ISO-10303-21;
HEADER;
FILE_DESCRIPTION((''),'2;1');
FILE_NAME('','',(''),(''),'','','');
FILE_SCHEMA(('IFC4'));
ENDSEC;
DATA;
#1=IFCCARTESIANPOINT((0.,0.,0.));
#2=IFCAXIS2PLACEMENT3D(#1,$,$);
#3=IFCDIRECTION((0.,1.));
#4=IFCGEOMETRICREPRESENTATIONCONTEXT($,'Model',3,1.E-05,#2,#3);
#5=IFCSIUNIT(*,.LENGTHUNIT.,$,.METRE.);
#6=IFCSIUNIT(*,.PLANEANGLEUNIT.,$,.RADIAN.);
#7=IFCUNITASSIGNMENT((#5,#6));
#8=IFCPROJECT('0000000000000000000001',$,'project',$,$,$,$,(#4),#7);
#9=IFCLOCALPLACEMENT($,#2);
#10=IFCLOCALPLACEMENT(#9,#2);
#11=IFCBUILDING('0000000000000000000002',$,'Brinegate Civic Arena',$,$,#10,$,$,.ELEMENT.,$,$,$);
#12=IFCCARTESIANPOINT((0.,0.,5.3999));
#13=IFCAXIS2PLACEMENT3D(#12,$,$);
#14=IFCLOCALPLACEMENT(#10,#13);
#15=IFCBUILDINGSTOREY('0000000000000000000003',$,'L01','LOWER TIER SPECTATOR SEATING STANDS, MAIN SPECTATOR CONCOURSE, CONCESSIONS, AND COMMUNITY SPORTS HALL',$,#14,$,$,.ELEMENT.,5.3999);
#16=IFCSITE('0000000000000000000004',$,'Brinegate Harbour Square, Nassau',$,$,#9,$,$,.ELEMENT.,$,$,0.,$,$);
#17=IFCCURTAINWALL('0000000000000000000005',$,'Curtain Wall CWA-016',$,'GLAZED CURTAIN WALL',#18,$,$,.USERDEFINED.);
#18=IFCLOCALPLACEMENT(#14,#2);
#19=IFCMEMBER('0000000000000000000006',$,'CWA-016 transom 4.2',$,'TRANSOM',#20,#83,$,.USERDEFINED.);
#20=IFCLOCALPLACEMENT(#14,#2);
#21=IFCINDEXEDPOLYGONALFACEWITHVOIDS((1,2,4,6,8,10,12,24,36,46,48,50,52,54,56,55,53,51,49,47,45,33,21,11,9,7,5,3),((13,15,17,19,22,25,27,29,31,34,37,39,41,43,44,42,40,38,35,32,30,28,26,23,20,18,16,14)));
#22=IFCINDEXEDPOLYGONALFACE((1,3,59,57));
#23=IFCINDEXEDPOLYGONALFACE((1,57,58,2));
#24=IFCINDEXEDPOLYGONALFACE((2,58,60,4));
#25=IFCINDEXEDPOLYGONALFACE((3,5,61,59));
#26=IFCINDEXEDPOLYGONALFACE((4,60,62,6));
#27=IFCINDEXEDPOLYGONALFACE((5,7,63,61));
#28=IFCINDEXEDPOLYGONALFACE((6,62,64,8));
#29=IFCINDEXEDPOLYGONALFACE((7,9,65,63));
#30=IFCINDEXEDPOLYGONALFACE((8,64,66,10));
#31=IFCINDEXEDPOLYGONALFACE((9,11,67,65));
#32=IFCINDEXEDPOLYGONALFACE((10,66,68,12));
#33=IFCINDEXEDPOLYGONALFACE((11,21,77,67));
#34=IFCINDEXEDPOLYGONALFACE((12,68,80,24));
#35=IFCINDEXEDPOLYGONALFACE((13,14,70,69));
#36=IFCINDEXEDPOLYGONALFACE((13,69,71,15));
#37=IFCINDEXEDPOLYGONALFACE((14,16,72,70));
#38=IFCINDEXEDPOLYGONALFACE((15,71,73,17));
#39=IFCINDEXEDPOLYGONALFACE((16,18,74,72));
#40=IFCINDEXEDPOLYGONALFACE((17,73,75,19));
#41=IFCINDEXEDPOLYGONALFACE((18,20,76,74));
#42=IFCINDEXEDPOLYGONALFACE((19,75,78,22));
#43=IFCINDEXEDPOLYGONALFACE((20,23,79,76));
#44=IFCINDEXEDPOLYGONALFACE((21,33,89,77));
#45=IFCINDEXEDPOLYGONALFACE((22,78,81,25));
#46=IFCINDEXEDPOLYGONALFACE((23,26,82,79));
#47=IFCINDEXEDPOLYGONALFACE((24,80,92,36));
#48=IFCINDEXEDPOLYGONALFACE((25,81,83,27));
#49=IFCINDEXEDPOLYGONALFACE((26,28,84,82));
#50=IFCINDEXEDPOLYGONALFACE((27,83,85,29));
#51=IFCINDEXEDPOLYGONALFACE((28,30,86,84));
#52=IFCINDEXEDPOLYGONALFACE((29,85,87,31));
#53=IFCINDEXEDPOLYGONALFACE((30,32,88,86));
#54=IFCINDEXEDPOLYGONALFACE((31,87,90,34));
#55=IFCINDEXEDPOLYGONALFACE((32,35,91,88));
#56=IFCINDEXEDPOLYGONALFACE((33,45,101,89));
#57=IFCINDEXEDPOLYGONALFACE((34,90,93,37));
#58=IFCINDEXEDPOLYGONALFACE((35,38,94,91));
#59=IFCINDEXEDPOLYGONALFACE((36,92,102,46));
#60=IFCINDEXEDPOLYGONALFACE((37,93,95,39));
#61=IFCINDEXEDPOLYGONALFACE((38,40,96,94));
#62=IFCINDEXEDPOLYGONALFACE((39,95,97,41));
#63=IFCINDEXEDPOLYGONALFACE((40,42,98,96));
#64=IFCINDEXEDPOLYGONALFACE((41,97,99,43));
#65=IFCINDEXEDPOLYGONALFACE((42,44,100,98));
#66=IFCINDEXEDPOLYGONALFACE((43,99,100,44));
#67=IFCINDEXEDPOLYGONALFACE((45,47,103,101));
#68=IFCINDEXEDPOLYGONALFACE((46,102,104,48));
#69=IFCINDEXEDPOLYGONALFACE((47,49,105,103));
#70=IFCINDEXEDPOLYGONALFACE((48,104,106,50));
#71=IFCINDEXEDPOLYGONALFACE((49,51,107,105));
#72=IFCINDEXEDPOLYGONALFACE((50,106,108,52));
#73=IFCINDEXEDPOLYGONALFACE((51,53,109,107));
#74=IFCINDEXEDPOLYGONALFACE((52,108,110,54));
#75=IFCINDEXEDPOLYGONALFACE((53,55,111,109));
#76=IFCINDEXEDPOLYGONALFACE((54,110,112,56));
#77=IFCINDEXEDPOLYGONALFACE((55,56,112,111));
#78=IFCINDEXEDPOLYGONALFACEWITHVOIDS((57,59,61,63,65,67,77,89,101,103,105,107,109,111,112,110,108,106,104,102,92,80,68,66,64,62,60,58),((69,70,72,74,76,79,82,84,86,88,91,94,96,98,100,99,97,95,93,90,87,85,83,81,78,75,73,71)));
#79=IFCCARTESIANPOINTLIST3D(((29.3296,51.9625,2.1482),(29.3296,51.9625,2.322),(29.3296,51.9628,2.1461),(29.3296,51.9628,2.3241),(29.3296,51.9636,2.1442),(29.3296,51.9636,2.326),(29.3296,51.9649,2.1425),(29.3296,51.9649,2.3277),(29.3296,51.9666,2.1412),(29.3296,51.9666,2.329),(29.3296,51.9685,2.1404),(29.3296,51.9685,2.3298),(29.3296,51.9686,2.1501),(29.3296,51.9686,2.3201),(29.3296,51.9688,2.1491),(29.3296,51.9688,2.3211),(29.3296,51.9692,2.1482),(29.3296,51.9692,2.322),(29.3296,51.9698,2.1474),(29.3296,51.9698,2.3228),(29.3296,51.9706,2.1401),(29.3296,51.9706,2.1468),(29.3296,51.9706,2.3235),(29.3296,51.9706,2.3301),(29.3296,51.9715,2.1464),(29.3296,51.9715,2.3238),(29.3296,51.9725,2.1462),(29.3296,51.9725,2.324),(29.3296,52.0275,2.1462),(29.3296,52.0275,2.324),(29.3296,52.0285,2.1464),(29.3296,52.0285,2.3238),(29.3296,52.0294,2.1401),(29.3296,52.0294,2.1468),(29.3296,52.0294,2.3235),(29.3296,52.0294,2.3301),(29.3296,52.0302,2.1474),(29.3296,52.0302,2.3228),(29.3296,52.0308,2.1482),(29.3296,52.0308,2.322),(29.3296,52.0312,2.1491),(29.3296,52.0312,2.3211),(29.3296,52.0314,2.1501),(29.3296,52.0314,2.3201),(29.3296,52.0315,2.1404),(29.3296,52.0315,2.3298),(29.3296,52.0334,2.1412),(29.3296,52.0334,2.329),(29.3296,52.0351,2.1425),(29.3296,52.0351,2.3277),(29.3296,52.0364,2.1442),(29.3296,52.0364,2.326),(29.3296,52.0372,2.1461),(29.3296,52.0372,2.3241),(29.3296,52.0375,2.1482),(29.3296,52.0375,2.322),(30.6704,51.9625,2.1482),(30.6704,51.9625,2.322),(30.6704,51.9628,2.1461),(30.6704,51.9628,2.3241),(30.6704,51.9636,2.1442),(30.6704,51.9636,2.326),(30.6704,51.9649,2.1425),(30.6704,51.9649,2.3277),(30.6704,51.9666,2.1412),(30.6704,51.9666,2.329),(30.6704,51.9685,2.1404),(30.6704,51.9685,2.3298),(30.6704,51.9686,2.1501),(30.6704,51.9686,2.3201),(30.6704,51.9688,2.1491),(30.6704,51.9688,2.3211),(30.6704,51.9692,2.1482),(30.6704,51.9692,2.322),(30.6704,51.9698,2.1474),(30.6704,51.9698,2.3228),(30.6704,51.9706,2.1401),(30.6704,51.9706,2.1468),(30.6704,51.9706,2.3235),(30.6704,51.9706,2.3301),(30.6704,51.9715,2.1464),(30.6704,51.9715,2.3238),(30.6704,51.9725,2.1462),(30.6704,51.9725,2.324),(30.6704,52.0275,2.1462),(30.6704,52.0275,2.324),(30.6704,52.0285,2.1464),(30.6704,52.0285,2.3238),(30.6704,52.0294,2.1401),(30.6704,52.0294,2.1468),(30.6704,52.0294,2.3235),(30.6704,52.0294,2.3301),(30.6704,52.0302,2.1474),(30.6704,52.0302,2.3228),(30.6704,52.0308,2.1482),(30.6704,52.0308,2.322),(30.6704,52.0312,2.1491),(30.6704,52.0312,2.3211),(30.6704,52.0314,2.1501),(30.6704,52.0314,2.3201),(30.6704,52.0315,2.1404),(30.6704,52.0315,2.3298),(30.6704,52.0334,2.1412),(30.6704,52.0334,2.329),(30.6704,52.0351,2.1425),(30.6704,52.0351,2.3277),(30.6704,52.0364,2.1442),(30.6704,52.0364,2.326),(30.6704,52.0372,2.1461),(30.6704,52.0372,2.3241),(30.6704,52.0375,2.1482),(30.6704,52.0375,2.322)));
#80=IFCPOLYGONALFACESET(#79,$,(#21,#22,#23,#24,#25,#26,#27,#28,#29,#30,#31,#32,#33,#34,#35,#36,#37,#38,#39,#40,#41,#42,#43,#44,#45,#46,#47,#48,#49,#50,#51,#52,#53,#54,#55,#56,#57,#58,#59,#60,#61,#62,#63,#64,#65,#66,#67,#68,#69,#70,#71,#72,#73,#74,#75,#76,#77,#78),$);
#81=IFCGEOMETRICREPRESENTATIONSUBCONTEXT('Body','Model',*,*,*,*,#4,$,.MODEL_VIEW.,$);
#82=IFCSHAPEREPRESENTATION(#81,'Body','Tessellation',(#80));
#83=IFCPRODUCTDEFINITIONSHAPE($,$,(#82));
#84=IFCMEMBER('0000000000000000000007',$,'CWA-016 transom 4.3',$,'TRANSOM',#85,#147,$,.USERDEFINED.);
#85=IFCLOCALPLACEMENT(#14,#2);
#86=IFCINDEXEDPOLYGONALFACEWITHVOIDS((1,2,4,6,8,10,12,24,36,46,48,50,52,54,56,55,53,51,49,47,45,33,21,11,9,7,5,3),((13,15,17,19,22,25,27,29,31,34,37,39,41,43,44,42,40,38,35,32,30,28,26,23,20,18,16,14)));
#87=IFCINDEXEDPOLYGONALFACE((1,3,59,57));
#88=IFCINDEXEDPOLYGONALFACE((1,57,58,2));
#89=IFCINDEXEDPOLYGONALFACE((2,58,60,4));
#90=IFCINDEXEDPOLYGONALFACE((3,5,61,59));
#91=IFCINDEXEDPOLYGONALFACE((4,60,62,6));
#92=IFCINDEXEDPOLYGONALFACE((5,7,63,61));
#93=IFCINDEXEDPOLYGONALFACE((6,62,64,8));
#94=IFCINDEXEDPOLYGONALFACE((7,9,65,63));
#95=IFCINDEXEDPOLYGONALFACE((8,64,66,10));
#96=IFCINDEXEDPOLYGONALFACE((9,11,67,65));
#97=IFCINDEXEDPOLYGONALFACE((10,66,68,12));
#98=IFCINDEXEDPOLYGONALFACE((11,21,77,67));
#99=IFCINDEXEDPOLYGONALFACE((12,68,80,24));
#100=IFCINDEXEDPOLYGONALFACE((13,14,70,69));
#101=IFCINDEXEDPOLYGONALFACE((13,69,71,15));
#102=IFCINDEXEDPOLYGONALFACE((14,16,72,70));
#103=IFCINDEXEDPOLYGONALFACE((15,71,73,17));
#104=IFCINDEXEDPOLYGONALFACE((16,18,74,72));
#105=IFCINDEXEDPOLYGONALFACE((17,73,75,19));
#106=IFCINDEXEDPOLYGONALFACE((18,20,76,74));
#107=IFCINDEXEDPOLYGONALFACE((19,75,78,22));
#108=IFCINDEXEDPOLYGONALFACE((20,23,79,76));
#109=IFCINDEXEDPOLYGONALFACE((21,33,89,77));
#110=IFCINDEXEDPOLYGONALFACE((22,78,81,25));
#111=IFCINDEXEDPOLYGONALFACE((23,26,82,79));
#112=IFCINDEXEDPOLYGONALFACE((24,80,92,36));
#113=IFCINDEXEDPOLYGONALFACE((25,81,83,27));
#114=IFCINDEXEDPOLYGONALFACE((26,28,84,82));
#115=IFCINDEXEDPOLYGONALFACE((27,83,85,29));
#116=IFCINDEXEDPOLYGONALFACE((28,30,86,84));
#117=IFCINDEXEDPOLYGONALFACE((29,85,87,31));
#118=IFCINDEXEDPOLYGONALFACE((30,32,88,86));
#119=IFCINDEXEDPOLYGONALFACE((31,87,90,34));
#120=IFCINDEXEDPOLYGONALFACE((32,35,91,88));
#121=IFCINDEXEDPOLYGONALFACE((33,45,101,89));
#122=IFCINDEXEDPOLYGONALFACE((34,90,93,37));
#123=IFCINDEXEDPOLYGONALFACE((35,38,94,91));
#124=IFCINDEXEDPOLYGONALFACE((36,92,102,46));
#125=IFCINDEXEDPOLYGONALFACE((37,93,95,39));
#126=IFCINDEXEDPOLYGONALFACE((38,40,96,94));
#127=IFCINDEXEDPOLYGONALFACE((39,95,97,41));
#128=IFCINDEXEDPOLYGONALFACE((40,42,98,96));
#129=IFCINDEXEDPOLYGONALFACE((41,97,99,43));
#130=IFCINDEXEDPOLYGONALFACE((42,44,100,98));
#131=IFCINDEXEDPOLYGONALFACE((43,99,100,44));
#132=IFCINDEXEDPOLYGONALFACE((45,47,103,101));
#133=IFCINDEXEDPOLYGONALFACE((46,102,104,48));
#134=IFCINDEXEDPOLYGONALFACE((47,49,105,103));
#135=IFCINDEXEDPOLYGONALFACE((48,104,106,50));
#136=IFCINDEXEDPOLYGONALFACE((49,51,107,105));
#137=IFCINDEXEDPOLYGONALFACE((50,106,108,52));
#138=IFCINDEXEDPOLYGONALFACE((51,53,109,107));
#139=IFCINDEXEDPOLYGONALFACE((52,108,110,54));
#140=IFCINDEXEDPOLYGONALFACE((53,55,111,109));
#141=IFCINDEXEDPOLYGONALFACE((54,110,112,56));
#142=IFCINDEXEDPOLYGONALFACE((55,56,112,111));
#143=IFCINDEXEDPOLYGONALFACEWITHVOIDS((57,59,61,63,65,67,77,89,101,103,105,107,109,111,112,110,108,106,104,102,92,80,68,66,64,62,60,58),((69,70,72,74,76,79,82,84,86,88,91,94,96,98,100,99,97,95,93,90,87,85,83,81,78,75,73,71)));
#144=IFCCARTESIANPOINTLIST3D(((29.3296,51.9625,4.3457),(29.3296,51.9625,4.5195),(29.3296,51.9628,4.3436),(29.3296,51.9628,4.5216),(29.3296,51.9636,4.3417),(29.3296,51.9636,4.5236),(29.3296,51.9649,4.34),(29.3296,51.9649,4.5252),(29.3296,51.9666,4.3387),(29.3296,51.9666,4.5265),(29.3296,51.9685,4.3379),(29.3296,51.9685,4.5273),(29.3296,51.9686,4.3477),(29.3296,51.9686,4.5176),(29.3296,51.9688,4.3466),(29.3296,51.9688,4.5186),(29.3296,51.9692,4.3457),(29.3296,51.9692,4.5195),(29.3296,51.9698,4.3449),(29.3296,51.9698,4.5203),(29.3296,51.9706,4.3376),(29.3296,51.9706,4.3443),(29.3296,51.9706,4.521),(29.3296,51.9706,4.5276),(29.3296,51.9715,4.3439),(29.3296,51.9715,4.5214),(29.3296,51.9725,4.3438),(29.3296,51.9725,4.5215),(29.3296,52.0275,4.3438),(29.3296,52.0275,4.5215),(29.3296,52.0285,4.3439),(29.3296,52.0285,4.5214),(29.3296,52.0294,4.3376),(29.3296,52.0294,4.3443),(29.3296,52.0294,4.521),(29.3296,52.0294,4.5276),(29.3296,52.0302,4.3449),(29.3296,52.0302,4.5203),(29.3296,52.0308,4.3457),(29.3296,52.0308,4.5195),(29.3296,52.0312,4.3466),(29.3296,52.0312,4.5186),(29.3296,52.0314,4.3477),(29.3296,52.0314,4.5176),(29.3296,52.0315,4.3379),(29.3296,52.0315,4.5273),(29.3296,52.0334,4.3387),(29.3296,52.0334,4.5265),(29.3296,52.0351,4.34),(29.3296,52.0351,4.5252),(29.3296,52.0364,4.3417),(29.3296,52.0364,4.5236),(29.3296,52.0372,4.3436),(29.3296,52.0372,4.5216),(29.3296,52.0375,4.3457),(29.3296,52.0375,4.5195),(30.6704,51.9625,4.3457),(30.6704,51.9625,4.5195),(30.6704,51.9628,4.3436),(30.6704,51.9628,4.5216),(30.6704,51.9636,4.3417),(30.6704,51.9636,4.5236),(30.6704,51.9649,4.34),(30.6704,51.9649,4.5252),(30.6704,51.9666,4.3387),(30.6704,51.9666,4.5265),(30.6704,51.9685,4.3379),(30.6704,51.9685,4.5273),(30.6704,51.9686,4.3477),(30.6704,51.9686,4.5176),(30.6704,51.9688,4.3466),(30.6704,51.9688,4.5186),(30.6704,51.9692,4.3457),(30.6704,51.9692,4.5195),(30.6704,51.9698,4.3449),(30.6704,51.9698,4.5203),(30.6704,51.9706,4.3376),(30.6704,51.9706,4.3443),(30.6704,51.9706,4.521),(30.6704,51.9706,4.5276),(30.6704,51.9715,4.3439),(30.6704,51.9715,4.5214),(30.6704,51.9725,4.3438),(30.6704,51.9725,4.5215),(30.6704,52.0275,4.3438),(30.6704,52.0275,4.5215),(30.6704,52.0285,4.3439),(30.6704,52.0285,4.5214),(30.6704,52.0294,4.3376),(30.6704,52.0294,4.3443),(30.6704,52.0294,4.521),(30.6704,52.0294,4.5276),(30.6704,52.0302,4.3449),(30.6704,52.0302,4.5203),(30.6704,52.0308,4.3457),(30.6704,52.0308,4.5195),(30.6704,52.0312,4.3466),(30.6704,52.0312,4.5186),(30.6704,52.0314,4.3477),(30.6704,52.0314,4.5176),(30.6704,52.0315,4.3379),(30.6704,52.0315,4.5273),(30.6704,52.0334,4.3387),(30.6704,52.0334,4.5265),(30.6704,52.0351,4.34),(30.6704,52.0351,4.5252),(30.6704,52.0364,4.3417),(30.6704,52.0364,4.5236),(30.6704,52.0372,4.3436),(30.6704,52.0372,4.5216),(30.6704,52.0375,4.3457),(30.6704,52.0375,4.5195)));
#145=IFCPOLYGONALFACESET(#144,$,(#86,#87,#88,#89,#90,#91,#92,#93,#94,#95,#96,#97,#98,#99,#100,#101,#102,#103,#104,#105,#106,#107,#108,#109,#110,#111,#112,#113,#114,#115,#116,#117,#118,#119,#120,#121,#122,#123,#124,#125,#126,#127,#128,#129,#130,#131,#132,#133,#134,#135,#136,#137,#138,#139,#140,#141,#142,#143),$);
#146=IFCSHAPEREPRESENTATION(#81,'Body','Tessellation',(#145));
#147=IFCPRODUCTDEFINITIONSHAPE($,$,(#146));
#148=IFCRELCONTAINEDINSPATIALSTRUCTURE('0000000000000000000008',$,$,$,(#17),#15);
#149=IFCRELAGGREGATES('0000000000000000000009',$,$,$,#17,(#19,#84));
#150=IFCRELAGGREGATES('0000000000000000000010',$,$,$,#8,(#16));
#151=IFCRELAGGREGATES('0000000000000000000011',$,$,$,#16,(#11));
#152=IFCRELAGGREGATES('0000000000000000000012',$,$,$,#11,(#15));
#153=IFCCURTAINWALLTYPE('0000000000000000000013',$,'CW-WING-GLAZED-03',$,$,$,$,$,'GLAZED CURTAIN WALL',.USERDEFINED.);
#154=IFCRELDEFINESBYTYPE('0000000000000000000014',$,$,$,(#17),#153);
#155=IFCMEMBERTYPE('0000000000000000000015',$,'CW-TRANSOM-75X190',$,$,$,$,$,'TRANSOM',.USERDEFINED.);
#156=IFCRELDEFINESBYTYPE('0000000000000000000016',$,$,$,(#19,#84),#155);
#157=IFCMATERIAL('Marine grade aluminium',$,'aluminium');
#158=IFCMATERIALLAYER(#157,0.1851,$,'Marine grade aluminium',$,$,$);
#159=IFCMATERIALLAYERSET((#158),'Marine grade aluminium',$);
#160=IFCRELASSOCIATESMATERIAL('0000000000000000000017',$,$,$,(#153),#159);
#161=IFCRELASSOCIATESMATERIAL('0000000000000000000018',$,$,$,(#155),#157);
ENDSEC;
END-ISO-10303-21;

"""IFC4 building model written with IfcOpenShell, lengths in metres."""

from ifc_helpers import new_model, si_unit, direction, frame, origin, origin_2d, place, context, subcontext, project, spatial, hollow_rectangle, extrude, material, layer, layer_set, material_profile, profile_set, type_object, element, aggregate, save


model = new_model("IFC4")

# Units and contexts
model_context = context("Model", 3, precision=1e-05, world=origin(), true_north=direction((0.0, 1.0)))
body_context = subcontext(model_context, "Body", "Model", "MODEL_VIEW")
ifc_project = project(units=[si_unit("LENGTHUNIT", "METRE"), si_unit("PLANEANGLEUNIT", "RADIAN")], contexts=[model_context])

# Site, building, storey
site_placement = place(None, origin())
site = spatial("IfcSite", under=ifc_project, at=site_placement, Name="Brinegate Harbour Square, Nassau", CompositionType="ELEMENT", RefElevation=0.0)
building_placement = place(site_placement, origin())
building = spatial("IfcBuilding", under=site, at=building_placement, Name="Brinegate Civic Arena", CompositionType="ELEMENT")
storey_placement = place(building_placement, frame((0.0, 0.0, 5.3999)))
storey = spatial("IfcBuildingStorey", under=building, at=storey_placement, Name="L01", Description="LOWER TIER SPECTATOR SEATING STANDS, MAIN SPECTATOR CONCOURSE, CONCESSIONS, AND COMMUNITY SPORTS HALL", CompositionType="ELEMENT", Elevation=5.3999)

# Shared definitions
ifc_material_1 = material(Name="Marine grade aluminium", Category="aluminium")

# Curtain wall
ifc_layer_1 = layer(ifc_material_1, 0.1851, Name="Marine grade aluminium")
ifc_layer_set_1 = layer_set([ifc_layer_1], Name="Marine grade aluminium")
curtain_wall_type_1 = type_object("IfcCurtainWallType", Name="CW-WING-GLAZED-03", ElementType="GLAZED CURTAIN WALL", PredefinedType="USERDEFINED", material=ifc_layer_set_1)
curtain_wall_1_placement = place(storey_placement, origin())
curtain_wall_1 = element("IfcCurtainWall", 1, at=curtain_wall_1_placement, inside=storey, type_object=curtain_wall_type_1, Name="Curtain Wall CWA-016", ObjectType="GLAZED CURTAIN WALL", PredefinedType="USERDEFINED")

# Members
ifc_material_profile_1 = material_profile(ifc_material_1, hollow_rectangle(XDim=0.075, YDim=0.1899, WallThickness=0.0061, InnerFilletRadius=0.0039, OuterFilletRadius=0.0081, at=origin_2d()), Name="TRN75X190")
ifc_profile_set_1 = profile_set([ifc_material_profile_1], Name="Marine grade aluminium")
member_type_1 = type_object("IfcMemberType", Name="CW-TRANSOM-75X190", ElementType="TRANSOM", PredefinedType="USERDEFINED", material=ifc_profile_set_1)
member_1_placement = place(storey_placement, frame((29.3296, 52.0, 2.2351), z_axis=(1.0, 0.0, 0.0), x_axis=(0.0, 1.0, 0.0)))
member_1 = element("IfcMember", 2, at=member_1_placement, type_object=member_type_1, Name="CWA-016 transom 4.2", ObjectType="TRANSOM", PredefinedType="USERDEFINED", context=body_context, shape_type="SweptSolid", body=[
    extrude(hollow_rectangle(XDim=0.075, YDim=0.1899, WallThickness=0.0061, InnerFilletRadius=0.0039, OuterFilletRadius=0.0081, at=origin_2d()), origin(), (0.0, 0.0, 1.0), 1.3408),
])
member_2_placement = place(storey_placement, frame((29.3296, 52.0, 4.4326), z_axis=(1.0, 0.0, 0.0), x_axis=(0.0, 1.0, 0.0)))
member_2 = element("IfcMember", 3, at=member_2_placement, type_object=member_type_1, Name="CWA-016 transom 4.3", ObjectType="TRANSOM", PredefinedType="USERDEFINED", context=body_context, shape_type="SweptSolid", body=[
    extrude(hollow_rectangle(XDim=0.075, YDim=0.1899, WallThickness=0.0061, InnerFilletRadius=0.0039, OuterFilletRadius=0.0081, at=origin_2d()), origin(), (0.0, 0.0, 1.0), 1.3408),
])

aggregate(curtain_wall_1, [member_1, member_2])

save(model, "model.ifc")
